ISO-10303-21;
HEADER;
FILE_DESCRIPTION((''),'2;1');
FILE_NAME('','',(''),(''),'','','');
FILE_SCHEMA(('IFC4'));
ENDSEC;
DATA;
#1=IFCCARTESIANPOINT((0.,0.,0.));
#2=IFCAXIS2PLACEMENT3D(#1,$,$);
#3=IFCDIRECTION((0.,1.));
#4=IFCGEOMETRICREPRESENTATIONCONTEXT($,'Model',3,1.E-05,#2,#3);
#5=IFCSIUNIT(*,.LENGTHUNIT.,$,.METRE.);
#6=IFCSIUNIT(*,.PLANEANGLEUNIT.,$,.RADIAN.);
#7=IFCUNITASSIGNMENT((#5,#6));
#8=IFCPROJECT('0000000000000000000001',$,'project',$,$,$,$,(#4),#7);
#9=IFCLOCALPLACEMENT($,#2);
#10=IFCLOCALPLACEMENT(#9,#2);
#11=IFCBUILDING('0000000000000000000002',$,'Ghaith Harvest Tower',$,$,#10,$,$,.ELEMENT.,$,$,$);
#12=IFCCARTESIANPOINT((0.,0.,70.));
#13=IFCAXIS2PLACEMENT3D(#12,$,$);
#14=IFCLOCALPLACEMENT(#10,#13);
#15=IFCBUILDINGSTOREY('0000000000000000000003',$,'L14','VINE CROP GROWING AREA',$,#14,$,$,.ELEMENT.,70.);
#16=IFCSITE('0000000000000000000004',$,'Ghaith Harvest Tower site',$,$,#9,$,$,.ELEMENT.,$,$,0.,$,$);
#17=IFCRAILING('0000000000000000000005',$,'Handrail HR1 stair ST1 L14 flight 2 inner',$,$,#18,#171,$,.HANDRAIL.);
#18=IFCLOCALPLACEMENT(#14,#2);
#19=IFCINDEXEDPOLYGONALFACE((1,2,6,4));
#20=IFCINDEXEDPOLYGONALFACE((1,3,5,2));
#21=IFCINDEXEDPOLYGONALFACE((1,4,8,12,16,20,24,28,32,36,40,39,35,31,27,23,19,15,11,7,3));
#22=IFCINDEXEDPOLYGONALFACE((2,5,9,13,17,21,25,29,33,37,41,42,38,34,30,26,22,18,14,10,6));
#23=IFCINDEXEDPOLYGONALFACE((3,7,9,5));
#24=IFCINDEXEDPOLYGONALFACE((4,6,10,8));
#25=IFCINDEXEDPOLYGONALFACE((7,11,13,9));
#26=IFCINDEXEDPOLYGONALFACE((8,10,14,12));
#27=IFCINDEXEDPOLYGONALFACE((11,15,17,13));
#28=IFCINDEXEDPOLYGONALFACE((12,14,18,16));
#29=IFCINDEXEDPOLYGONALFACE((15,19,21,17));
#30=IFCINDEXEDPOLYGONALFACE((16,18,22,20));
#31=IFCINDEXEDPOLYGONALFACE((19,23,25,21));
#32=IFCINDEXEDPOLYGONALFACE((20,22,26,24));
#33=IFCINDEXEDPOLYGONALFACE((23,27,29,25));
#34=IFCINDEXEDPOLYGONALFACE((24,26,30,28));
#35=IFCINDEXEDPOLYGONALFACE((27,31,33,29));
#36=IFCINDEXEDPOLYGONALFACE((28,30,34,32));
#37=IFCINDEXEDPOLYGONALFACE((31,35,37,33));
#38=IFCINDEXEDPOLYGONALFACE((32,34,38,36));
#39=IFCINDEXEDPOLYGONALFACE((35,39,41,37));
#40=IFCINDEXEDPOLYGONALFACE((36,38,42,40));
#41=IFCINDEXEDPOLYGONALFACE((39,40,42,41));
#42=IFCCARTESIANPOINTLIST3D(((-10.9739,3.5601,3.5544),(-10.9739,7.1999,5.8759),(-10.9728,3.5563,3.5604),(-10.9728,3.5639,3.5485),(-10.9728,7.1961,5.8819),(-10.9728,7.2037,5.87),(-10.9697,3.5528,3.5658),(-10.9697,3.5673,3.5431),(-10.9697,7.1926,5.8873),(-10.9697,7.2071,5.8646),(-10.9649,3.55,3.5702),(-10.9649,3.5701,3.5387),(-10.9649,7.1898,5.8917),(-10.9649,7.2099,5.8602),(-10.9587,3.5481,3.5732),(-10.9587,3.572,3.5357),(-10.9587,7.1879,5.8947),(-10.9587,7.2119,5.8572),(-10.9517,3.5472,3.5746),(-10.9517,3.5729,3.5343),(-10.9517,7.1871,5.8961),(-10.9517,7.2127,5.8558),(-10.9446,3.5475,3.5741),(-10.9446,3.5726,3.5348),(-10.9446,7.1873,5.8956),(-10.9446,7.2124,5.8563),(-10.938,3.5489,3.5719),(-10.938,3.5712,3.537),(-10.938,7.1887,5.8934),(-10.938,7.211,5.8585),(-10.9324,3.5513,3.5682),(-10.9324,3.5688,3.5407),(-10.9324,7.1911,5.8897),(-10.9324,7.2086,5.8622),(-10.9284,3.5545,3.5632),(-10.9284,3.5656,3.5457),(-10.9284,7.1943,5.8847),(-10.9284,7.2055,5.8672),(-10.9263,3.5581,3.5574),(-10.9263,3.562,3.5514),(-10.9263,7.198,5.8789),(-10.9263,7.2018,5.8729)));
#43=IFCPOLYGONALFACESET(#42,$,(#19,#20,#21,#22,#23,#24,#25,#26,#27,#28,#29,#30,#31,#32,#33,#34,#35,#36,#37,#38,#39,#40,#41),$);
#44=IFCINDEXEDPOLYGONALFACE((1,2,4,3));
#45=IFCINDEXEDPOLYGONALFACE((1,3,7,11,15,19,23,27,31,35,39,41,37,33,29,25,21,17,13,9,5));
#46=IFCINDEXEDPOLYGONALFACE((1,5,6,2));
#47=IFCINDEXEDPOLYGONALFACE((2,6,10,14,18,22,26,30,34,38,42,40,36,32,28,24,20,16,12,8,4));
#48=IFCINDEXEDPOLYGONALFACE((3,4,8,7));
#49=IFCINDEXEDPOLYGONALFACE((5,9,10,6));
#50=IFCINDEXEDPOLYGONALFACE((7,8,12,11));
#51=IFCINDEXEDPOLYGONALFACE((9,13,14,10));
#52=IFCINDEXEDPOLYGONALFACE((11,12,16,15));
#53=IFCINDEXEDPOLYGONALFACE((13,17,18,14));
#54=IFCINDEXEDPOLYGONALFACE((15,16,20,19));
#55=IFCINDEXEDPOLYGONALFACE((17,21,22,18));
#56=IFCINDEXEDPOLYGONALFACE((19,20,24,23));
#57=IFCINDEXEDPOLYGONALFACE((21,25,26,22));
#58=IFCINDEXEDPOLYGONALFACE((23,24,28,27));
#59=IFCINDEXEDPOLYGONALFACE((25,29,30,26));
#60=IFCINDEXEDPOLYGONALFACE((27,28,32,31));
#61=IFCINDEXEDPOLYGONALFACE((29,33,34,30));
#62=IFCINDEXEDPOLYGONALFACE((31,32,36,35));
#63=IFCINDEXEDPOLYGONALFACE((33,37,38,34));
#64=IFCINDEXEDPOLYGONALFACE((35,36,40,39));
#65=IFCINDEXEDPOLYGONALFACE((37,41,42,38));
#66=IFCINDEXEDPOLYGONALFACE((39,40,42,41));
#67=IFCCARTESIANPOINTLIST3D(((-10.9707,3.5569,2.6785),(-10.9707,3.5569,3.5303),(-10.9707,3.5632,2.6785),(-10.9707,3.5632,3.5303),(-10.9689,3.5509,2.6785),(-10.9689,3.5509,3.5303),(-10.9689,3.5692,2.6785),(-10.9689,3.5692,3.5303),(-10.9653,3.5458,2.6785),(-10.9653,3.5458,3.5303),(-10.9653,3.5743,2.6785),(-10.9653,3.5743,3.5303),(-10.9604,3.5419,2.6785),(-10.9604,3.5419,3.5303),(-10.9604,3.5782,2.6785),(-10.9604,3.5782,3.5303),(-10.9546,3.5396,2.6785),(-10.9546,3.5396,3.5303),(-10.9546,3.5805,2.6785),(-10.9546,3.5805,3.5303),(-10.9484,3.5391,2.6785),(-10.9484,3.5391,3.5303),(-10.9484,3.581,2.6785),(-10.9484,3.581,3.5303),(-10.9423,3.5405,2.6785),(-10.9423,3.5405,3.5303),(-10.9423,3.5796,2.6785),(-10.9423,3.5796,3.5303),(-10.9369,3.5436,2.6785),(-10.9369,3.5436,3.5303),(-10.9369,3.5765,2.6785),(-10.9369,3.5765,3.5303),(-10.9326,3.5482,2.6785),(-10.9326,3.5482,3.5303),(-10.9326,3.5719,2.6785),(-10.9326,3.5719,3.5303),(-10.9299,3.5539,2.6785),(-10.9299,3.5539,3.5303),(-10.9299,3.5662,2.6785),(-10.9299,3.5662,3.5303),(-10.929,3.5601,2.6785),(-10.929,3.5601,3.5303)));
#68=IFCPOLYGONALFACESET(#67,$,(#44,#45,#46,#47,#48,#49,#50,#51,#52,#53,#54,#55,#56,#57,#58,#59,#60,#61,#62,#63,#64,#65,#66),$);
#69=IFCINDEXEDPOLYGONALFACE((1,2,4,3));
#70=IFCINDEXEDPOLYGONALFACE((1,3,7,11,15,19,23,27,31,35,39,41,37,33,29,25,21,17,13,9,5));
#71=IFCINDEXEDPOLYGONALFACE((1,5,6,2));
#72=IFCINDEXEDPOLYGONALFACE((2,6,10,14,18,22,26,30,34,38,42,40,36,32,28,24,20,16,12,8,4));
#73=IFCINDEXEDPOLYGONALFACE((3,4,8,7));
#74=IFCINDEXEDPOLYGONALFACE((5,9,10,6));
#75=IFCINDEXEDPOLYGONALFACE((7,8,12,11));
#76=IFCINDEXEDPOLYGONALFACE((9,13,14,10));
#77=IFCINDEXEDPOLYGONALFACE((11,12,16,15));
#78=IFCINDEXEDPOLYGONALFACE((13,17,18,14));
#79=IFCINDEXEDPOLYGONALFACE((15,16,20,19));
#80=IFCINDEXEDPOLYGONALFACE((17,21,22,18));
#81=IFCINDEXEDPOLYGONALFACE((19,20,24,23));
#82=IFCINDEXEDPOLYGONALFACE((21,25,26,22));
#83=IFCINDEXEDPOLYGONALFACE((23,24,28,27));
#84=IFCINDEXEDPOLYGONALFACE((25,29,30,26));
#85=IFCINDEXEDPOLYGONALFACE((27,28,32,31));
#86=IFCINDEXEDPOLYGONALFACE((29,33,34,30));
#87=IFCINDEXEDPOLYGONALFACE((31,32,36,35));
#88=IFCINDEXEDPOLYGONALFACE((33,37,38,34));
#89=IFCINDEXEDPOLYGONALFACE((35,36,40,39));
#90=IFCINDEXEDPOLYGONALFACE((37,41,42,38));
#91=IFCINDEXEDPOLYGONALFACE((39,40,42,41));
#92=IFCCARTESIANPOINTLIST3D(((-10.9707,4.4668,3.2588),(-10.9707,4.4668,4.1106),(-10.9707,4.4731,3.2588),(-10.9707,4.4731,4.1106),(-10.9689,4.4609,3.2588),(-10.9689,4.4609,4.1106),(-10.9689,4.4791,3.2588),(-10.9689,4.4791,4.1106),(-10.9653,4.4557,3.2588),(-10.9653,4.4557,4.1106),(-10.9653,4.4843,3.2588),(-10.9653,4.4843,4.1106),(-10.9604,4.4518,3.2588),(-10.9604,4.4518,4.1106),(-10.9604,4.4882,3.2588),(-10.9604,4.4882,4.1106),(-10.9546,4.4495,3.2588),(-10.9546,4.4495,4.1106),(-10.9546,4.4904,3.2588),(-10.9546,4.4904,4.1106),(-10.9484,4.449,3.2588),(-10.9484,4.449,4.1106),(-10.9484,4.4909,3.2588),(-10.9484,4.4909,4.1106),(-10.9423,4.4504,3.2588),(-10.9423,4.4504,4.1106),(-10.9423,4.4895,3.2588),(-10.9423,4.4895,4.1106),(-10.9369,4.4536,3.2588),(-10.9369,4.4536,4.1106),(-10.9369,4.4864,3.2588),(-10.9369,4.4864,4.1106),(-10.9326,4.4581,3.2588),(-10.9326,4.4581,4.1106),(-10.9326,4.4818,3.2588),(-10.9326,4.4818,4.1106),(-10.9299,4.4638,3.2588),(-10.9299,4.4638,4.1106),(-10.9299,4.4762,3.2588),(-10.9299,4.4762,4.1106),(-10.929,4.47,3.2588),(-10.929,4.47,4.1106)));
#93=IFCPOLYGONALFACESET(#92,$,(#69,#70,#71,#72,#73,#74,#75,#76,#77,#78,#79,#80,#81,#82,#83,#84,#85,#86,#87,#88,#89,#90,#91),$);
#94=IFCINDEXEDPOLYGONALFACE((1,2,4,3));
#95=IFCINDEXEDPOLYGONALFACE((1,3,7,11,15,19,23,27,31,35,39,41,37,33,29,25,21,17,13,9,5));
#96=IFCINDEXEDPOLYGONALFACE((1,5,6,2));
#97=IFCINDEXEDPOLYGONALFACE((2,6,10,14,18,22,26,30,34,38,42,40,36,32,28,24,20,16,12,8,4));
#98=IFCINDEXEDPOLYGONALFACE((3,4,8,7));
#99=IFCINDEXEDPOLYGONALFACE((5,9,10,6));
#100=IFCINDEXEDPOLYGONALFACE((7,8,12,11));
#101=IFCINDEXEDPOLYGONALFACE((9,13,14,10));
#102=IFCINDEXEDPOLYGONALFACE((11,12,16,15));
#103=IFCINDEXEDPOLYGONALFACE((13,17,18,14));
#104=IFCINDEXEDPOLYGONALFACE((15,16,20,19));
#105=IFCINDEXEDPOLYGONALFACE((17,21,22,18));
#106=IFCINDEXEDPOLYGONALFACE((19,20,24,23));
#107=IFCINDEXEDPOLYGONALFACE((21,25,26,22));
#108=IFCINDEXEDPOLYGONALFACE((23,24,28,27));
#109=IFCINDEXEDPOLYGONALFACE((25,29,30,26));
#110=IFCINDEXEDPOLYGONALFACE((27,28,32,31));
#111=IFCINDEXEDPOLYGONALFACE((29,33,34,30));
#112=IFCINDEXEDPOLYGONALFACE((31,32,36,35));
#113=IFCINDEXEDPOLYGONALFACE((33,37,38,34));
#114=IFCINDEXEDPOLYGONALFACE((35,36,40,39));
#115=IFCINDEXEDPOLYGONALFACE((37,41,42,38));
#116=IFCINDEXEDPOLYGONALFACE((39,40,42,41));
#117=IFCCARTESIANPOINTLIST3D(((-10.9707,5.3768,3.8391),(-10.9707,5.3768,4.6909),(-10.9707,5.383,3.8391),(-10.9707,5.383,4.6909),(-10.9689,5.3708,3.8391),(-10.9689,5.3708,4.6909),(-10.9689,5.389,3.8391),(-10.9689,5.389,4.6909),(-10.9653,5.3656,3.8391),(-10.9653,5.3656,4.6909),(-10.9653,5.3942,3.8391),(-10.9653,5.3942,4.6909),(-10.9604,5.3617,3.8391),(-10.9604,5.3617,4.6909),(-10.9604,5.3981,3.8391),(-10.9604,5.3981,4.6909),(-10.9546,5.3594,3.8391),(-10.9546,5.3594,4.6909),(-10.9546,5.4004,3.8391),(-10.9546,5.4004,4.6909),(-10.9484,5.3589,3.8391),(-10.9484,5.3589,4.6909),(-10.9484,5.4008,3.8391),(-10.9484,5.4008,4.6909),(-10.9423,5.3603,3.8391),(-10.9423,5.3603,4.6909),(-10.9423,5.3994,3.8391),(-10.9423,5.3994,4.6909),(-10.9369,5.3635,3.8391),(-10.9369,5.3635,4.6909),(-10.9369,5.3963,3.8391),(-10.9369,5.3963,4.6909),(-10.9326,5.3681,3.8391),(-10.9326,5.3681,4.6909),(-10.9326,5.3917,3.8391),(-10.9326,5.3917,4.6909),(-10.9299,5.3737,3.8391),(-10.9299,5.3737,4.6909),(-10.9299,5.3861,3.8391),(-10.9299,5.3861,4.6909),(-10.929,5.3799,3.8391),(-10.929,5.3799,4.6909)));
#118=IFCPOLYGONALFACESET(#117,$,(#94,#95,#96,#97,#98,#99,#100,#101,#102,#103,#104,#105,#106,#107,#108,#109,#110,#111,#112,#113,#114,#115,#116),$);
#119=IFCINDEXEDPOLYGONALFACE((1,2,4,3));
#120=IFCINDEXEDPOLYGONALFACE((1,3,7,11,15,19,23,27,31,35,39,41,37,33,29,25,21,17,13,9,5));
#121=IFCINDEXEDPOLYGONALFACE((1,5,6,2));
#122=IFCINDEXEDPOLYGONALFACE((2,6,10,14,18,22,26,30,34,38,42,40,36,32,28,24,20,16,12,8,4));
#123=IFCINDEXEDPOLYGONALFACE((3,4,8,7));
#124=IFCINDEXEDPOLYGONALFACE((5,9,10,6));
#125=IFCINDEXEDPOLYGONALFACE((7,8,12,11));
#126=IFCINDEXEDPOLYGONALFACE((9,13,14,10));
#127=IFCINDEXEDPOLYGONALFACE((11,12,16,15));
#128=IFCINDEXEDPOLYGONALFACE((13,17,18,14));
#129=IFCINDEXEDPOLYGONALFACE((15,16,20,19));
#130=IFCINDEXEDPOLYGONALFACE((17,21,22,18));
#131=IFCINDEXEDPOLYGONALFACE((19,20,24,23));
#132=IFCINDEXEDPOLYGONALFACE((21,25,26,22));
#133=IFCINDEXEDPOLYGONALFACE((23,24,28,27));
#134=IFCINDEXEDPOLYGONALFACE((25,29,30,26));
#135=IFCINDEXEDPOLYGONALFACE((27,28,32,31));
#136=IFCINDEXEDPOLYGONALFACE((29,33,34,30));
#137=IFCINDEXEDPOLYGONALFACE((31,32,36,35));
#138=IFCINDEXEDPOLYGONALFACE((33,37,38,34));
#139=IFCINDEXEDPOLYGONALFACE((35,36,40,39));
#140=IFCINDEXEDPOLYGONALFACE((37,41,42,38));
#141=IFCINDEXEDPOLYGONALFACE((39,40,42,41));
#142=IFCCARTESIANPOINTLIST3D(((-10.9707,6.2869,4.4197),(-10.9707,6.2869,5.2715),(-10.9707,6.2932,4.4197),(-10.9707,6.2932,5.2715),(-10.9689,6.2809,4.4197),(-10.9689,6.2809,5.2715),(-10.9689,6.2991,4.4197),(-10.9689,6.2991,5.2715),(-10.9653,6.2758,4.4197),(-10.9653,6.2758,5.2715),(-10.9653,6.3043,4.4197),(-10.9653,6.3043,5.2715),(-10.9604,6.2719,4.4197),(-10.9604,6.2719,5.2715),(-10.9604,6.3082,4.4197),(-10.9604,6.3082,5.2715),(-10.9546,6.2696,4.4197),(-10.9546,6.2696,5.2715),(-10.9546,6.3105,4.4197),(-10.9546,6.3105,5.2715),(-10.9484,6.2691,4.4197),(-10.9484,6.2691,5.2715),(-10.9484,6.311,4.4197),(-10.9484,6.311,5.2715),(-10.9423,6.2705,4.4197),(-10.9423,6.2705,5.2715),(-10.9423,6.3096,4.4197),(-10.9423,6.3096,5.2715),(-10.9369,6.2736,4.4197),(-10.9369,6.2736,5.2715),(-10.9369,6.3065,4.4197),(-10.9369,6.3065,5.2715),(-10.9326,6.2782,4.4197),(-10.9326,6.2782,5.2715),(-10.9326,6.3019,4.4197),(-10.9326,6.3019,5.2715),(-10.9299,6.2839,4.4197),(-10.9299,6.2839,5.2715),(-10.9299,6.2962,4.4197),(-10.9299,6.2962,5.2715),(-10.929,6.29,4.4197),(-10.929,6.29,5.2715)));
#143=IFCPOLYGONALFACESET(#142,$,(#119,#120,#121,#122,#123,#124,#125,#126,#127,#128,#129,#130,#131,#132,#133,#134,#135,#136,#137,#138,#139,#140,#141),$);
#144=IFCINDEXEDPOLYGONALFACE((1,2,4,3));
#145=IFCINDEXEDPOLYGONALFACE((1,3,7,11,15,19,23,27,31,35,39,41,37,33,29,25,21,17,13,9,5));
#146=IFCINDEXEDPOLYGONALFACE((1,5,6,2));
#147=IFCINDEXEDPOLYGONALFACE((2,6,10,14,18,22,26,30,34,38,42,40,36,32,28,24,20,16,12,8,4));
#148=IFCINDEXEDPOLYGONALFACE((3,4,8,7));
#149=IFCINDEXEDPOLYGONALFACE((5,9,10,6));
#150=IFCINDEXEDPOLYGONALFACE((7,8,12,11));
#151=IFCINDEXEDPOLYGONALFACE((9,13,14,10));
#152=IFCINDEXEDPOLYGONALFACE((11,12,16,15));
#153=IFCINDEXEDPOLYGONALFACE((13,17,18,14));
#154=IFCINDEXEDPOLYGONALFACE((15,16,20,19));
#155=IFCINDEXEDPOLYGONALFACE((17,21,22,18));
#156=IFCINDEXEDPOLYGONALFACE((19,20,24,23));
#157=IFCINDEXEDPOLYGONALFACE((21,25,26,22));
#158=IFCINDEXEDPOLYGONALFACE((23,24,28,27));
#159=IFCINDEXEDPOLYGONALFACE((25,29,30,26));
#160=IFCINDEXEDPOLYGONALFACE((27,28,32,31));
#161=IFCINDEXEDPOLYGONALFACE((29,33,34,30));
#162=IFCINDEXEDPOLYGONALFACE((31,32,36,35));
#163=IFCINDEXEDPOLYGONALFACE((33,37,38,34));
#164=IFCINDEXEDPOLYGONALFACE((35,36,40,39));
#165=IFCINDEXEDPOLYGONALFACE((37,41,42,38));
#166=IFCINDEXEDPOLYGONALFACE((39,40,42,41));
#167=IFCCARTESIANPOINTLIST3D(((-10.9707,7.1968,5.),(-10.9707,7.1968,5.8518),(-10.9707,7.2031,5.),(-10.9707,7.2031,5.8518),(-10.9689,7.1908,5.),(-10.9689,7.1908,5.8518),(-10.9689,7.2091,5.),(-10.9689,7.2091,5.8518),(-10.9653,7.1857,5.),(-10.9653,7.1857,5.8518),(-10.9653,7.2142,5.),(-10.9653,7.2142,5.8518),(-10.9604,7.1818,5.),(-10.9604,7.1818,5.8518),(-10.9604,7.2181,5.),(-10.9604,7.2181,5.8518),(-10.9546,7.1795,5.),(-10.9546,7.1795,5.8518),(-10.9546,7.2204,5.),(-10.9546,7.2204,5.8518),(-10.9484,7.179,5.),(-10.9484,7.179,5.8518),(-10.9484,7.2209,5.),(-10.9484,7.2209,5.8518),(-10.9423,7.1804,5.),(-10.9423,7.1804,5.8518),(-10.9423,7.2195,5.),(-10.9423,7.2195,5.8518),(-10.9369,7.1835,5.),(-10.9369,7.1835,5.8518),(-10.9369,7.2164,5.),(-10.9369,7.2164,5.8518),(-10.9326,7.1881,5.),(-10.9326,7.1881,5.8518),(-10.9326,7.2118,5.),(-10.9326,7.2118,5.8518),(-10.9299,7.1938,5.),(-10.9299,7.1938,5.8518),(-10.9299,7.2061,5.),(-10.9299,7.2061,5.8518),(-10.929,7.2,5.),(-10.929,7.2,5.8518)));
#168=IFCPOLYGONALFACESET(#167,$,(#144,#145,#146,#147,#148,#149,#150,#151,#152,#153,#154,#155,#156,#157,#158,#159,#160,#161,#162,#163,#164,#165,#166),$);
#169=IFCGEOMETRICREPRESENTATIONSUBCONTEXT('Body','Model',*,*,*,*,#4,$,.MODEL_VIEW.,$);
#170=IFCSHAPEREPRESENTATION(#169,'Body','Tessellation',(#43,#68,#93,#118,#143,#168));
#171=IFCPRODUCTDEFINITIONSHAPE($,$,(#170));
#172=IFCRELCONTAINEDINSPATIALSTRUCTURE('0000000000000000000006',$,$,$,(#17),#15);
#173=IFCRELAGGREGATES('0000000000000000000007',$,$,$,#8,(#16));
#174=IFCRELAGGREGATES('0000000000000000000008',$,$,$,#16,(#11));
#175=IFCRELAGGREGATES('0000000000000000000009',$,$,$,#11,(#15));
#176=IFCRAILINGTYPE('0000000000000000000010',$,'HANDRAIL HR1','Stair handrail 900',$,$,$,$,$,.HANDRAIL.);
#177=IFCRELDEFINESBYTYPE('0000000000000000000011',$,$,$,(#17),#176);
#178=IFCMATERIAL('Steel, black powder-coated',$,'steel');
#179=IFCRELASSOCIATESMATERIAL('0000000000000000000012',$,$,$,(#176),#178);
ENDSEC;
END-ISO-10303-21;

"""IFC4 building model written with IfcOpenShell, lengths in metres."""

from ifc_helpers import new_model, si_unit, direction, frame, origin, origin_2d, place, context, subcontext, project, spatial, circle, extrude, material, type_object, element, save


model = new_model("IFC4")

# Units and contexts
model_context = context("Model", 3, precision=1e-05, world=origin(), true_north=direction((0.0, 1.0)))
body_context = subcontext(model_context, "Body", "Model", "MODEL_VIEW")
ifc_project = project(units=[si_unit("LENGTHUNIT", "METRE"), si_unit("PLANEANGLEUNIT", "RADIAN")], contexts=[model_context])

# Site, building, storey
site_placement = place(None, origin())
site = spatial("IfcSite", under=ifc_project, at=site_placement, Name="Ghaith Harvest Tower site", CompositionType="ELEMENT", RefElevation=0.0)
building_placement = place(site_placement, origin())
building = spatial("IfcBuilding", under=site, at=building_placement, Name="Ghaith Harvest Tower", CompositionType="ELEMENT")
storey_placement = place(building_placement, frame((0.0, 0.0, 70.0)))
storey = spatial("IfcBuildingStorey", under=building, at=storey_placement, Name="L14", Description="VINE CROP GROWING AREA", CompositionType="ELEMENT", Elevation=70.0)

# Railing
ifc_material_1 = material(Name="Steel, black powder-coated", Category="steel")
railing_type = type_object("IfcRailingType", Name="HANDRAIL HR1", Description="Stair handrail 900", PredefinedType="HANDRAIL", material=ifc_material_1)
railing_1_placement = place(storey_placement, frame((-10.95, 3.5601, 2.6785)))
element("IfcRailing", 1, at=railing_1_placement, inside=storey, type_object=railing_type, Name="Handrail HR1 stair ST1 L14 flight 2 inner", PredefinedType="HANDRAIL", context=body_context, shape_type="SweptSolid", body=[
    extrude(circle(Radius=0.0239, at=origin_2d()), frame((0.0, 0.0, 0.876), z_axis=(0.0, 0.843112, 0.537739), x_axis=(-1.0, 0.0, 0.0)), (0.0, 0.0, 1.0), 4.3171),
    extrude(circle(Radius=0.021, at=origin_2d()), origin(), (0.0, 0.0, 1.0), 0.8518),
    extrude(circle(Radius=0.021, at=origin_2d()), frame((0.0, 0.9099, 0.5803)), (0.0, 0.0, 1.0), 0.8518),
    extrude(circle(Radius=0.021, at=origin_2d()), frame((0.0, 1.8198, 1.1606)), (0.0, 0.0, 1.0), 0.8518),
    extrude(circle(Radius=0.021, at=origin_2d()), frame((0.0, 2.73, 1.7412)), (0.0, 0.0, 1.0), 0.8518),
    extrude(circle(Radius=0.021, at=origin_2d()), frame((0.0, 3.6399, 2.3215)), (0.0, 0.0, 1.0), 0.8518),
])

save(model, "model.ifc")
